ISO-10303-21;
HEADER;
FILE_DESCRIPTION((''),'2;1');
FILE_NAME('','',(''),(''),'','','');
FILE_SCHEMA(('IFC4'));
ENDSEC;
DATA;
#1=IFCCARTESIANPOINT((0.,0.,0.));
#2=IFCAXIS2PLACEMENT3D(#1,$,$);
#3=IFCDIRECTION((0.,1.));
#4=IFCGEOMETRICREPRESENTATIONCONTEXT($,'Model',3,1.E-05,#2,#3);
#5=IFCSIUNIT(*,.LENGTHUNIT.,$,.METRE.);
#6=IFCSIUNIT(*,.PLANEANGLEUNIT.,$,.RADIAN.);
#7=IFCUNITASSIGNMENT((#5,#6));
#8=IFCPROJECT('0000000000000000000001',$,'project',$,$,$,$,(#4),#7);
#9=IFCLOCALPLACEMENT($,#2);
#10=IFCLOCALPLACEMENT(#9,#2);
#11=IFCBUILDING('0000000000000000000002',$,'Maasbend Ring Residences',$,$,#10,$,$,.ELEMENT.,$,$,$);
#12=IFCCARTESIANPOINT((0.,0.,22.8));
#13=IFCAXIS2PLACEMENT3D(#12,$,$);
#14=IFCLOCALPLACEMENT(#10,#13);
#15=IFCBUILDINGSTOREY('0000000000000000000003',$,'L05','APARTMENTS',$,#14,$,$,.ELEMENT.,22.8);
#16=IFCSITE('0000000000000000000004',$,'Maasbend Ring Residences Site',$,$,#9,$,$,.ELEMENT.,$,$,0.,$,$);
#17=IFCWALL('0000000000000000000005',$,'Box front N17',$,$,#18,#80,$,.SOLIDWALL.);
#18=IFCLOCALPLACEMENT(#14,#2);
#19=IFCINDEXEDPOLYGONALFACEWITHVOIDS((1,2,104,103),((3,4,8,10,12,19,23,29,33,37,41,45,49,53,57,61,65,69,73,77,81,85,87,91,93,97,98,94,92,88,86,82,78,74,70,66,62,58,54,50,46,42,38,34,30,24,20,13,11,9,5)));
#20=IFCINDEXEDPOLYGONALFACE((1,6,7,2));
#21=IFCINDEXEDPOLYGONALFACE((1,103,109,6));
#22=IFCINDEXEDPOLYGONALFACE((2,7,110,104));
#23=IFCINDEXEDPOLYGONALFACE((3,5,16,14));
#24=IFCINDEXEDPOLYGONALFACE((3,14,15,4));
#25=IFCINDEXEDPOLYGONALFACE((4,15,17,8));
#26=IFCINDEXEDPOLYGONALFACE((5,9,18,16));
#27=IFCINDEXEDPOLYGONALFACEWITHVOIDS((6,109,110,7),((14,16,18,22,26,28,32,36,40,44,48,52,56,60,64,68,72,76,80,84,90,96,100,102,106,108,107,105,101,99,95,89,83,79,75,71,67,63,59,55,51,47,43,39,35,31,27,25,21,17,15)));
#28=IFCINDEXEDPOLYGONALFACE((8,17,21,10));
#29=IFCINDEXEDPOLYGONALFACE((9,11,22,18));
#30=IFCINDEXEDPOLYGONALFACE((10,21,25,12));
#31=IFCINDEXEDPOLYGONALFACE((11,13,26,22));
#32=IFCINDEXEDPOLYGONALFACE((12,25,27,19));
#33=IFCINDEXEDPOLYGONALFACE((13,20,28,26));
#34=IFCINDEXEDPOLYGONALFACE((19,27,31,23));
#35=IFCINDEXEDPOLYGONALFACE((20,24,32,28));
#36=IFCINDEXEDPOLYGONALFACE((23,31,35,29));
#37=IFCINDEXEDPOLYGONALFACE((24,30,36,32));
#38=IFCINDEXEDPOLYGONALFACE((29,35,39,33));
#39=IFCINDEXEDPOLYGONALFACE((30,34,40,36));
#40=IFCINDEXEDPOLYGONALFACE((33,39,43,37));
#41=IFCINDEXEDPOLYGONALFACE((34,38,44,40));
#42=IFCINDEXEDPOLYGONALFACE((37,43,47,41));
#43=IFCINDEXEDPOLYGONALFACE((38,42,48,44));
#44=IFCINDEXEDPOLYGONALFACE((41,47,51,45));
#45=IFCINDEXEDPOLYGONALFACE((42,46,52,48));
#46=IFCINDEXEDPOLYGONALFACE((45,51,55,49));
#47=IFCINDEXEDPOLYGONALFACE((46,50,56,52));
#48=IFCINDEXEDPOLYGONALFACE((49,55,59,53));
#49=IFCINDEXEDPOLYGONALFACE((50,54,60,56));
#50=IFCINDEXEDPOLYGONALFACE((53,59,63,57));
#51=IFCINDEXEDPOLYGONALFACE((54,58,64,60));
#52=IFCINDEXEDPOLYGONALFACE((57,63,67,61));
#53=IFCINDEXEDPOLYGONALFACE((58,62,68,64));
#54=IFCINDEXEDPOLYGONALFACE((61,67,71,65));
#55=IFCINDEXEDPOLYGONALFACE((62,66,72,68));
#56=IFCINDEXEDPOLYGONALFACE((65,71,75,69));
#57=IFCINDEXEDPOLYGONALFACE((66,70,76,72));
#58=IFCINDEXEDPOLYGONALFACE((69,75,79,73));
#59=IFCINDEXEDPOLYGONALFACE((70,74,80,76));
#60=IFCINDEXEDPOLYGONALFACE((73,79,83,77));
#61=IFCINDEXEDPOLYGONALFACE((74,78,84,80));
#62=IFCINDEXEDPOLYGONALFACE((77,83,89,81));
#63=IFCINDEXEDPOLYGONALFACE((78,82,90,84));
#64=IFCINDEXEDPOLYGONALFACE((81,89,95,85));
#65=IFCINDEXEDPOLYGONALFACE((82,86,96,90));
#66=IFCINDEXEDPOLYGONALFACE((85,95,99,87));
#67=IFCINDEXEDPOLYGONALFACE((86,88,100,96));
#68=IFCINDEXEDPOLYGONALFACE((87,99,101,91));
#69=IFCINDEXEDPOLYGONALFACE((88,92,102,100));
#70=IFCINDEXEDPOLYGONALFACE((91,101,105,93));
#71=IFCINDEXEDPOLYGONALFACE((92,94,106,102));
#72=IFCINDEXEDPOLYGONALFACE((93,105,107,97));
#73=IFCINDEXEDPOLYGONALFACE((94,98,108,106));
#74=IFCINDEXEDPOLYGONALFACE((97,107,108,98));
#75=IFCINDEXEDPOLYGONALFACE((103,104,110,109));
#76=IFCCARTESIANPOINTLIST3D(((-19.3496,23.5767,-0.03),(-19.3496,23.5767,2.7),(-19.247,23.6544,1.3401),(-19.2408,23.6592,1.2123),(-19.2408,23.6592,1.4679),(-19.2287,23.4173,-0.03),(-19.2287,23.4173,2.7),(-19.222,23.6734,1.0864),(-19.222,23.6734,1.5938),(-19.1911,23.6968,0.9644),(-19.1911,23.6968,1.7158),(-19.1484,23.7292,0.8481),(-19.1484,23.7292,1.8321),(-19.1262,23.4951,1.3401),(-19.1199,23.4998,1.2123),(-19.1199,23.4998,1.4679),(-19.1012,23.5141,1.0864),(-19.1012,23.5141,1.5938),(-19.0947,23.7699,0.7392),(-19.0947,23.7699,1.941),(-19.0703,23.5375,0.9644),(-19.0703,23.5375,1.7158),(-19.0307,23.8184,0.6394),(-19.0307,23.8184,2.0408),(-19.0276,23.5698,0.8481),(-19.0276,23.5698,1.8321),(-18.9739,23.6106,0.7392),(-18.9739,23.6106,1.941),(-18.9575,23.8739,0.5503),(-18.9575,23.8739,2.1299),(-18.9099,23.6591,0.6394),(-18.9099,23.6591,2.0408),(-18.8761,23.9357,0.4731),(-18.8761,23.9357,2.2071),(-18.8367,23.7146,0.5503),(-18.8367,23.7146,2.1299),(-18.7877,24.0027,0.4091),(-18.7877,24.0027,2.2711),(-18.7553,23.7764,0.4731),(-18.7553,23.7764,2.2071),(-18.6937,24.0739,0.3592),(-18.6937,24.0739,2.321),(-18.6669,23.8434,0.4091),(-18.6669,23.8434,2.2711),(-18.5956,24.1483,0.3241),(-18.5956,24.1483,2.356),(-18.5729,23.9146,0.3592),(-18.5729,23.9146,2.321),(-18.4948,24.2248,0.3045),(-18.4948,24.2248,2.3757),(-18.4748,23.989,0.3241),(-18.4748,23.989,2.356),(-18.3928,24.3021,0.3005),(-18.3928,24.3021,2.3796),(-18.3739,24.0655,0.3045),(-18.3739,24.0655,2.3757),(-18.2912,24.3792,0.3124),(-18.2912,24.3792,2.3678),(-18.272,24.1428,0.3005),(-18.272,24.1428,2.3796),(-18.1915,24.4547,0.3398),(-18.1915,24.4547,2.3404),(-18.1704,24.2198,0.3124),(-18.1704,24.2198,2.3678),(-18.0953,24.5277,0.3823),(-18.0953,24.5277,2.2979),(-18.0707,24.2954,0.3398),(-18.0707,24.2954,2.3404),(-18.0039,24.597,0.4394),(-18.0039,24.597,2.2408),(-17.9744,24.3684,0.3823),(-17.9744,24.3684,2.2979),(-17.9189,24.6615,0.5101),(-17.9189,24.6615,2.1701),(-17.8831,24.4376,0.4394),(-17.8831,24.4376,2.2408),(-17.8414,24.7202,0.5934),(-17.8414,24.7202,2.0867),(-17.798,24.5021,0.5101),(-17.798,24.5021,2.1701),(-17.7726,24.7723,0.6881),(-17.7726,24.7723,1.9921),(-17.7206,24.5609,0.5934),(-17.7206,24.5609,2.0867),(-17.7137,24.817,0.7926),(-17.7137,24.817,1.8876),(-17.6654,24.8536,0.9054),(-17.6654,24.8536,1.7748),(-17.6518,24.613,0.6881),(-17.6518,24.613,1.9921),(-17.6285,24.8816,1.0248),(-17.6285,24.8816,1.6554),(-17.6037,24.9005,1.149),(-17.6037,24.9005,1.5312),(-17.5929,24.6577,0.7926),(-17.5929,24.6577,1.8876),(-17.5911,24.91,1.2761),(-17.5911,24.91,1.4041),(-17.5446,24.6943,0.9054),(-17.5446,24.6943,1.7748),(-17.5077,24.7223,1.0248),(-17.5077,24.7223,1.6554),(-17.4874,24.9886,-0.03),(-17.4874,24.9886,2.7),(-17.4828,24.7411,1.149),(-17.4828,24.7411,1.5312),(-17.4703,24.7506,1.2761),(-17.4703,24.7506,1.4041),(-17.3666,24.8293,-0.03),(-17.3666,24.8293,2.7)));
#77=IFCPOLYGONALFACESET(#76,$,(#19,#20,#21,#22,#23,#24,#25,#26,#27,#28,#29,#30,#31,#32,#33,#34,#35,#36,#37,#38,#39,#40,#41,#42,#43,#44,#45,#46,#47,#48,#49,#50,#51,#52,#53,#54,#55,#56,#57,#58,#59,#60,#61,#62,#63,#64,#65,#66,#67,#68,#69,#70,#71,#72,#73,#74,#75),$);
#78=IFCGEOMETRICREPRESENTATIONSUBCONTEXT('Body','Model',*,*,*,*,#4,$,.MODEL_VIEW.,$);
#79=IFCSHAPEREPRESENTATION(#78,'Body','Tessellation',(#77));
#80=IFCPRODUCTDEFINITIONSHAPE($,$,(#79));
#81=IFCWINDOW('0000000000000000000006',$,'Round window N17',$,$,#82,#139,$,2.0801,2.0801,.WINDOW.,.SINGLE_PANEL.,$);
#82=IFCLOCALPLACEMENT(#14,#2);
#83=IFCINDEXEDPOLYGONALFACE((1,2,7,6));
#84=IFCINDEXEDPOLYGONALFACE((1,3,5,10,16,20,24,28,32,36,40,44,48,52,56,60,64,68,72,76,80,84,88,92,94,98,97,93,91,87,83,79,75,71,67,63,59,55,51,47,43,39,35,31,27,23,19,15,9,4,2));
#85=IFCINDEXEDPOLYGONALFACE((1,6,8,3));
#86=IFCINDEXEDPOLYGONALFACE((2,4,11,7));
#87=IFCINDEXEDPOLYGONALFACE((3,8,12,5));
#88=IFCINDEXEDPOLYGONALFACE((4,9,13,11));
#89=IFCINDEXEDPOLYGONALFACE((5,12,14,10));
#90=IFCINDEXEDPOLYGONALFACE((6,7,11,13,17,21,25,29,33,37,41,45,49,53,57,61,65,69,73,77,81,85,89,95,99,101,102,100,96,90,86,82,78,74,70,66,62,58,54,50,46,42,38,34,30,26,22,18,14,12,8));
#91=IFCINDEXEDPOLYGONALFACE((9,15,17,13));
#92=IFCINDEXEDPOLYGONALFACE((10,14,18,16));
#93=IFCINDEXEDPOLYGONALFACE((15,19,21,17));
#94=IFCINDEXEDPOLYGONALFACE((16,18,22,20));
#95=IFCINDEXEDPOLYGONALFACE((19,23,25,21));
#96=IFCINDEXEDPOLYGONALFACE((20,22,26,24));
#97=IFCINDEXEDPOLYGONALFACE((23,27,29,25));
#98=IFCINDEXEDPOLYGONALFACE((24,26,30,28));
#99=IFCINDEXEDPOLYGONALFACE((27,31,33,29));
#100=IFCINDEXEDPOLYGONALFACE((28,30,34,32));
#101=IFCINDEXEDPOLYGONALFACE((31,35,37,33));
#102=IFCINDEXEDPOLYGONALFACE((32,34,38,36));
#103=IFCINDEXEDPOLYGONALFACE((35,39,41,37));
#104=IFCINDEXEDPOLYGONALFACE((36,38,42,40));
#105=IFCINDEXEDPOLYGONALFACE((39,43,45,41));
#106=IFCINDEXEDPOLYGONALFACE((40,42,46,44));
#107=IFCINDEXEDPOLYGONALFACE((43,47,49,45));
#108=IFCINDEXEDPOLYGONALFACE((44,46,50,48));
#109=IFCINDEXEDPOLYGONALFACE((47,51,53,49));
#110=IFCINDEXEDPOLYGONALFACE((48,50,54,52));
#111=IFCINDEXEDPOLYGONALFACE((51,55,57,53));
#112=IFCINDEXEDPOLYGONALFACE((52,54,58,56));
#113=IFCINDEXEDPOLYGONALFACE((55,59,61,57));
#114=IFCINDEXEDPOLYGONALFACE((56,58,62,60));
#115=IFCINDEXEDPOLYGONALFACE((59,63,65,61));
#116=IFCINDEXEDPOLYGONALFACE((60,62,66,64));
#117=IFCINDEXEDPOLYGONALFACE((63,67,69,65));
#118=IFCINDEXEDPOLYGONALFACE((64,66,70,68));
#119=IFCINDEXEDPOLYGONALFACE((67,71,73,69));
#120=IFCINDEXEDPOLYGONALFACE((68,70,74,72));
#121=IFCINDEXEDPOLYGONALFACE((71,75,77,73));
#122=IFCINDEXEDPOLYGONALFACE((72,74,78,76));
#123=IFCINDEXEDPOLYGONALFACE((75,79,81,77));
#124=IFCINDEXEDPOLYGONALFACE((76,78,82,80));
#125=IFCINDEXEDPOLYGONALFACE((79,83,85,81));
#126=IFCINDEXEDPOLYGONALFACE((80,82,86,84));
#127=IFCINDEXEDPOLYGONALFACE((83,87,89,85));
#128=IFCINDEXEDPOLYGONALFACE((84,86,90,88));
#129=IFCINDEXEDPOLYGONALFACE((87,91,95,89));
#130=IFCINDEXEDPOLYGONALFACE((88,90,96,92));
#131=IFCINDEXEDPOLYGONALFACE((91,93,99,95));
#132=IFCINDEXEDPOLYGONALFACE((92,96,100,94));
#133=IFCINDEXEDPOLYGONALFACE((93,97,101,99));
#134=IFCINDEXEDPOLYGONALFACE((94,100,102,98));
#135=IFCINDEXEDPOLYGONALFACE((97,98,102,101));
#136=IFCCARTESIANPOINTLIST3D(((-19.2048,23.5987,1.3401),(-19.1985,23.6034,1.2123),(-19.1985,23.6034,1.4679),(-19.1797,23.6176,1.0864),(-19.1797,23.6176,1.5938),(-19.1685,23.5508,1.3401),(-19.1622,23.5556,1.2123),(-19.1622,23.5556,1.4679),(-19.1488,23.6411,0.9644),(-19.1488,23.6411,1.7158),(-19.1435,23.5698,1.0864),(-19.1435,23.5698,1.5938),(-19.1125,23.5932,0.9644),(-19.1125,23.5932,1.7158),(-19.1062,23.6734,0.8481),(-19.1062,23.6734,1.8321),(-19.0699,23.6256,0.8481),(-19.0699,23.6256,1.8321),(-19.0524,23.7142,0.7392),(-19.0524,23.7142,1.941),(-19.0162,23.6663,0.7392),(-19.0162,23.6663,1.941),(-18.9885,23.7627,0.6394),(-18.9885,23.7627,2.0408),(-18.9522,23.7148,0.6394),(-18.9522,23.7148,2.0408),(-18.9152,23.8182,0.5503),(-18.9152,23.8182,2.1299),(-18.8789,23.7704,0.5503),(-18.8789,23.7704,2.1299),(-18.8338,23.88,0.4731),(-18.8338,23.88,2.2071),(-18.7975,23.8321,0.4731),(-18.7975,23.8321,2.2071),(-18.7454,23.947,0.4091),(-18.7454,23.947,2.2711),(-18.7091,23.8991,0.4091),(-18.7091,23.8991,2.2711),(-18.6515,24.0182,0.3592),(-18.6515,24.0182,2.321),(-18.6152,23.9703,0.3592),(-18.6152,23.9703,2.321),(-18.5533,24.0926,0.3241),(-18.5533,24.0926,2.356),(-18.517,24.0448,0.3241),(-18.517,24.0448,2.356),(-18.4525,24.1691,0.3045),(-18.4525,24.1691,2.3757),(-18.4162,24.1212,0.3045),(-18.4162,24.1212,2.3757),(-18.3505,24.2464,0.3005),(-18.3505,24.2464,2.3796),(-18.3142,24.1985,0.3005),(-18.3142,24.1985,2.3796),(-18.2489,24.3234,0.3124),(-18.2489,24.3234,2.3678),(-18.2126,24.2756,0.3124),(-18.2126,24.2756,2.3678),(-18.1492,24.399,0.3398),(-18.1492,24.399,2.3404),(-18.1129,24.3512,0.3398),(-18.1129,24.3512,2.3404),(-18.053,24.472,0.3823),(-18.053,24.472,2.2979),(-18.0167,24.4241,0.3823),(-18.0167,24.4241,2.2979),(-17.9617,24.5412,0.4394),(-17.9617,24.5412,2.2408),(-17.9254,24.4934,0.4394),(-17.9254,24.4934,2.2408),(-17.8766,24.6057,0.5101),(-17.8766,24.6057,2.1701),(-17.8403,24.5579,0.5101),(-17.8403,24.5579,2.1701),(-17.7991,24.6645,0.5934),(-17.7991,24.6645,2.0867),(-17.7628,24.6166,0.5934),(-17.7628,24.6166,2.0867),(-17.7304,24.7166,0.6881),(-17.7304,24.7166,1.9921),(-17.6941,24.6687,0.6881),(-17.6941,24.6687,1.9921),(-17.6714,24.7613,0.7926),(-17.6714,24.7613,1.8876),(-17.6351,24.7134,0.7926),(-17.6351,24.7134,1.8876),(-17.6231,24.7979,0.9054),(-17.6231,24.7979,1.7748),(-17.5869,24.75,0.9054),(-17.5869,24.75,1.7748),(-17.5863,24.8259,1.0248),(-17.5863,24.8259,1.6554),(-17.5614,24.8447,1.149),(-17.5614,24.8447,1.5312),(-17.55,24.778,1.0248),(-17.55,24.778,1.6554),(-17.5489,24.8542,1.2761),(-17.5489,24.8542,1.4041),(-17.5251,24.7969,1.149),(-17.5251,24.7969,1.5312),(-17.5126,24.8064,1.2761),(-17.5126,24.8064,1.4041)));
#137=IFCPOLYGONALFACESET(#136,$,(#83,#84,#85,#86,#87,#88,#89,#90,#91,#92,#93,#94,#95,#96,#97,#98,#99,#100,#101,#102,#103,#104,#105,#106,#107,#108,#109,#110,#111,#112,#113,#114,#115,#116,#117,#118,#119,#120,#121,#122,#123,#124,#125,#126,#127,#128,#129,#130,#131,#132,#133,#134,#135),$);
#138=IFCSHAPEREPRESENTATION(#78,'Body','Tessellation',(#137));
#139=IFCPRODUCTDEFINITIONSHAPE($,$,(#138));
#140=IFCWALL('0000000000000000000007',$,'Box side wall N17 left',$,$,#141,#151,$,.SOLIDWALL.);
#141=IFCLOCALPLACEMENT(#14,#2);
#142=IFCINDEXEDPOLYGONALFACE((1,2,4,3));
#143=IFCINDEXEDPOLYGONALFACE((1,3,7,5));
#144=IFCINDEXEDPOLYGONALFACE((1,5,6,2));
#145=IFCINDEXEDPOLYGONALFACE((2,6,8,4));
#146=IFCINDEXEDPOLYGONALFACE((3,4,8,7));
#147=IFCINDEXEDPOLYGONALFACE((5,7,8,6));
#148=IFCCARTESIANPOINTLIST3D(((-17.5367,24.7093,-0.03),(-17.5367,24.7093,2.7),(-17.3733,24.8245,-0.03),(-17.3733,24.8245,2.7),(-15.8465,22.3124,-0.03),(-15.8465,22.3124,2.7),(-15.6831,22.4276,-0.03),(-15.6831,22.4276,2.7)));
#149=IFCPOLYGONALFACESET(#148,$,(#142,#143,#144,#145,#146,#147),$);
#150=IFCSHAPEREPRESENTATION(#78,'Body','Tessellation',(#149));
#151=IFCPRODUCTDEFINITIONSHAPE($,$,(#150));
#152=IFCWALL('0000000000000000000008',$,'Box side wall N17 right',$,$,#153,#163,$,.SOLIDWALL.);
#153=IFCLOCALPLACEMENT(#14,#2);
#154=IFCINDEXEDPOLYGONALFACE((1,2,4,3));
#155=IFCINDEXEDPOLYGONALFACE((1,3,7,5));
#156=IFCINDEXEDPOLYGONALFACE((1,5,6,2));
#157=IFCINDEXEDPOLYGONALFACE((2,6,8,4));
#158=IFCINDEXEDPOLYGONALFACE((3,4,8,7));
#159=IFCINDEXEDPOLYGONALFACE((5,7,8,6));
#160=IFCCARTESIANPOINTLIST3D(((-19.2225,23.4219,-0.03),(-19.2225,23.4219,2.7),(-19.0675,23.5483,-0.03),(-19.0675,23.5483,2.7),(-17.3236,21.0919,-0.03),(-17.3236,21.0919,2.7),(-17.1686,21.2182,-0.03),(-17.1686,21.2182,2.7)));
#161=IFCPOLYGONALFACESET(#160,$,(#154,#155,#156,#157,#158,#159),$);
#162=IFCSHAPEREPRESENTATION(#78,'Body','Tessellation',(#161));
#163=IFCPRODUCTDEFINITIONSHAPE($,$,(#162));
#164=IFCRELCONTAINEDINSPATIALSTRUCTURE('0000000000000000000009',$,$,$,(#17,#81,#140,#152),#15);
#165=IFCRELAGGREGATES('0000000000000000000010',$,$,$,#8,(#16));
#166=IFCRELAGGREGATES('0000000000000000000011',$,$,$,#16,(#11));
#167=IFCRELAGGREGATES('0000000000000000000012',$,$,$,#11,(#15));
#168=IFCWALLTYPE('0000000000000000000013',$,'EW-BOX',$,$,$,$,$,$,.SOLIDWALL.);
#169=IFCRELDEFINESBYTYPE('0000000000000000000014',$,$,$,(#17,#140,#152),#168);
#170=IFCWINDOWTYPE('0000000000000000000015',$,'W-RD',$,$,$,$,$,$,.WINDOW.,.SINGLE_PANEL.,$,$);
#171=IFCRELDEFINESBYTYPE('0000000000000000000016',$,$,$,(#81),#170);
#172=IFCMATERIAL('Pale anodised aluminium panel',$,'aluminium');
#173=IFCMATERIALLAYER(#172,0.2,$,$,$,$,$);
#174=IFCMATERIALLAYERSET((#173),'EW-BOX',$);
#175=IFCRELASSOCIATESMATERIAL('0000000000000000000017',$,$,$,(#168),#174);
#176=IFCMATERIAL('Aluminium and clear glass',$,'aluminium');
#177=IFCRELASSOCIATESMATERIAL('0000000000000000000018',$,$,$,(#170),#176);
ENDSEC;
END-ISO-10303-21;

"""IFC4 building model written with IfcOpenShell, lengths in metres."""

from ifc_helpers import new_model, si_unit, direction, frame, frame_2d, origin, place, context, subcontext, project, spatial, rectangle, circle, extrude, material, layer, layer_set, type_object, element, fill, save


model = new_model("IFC4")

# Units and contexts
model_context = context("Model", 3, precision=1e-05, world=origin(), true_north=direction((0.0, 1.0)))
body_context = subcontext(model_context, "Body", "Model", "MODEL_VIEW")
ifc_project = project(units=[si_unit("LENGTHUNIT", "METRE"), si_unit("PLANEANGLEUNIT", "RADIAN")], contexts=[model_context])

# Site, building, storey
site_placement = place(None, origin())
site = spatial("IfcSite", under=ifc_project, at=site_placement, Name="Maasbend Ring Residences Site", CompositionType="ELEMENT", RefElevation=0.0)
building_placement = place(site_placement, origin())
building = spatial("IfcBuilding", under=site, at=building_placement, Name="Maasbend Ring Residences", CompositionType="ELEMENT")
storey_placement = place(building_placement, frame((0.0, 0.0, 22.8)))
storey = spatial("IfcBuildingStorey", under=building, at=storey_placement, Name="L05", Description="APARTMENTS", CompositionType="ELEMENT", Elevation=22.8)

# Shared definitions
ifc_material_1 = material(Name="Pale anodised aluminium panel", Category="aluminium")
ifc_layer_1 = layer(ifc_material_1, 0.2)
ifc_layer_set_1 = layer_set([ifc_layer_1], Name="EW-BOX")
wall_type_1 = type_object("IfcWallType", Name="EW-BOX", PredefinedType="SOLIDWALL", material=ifc_layer_set_1)
ifc_material_2 = material(Name="Aluminium and clear glass", Category="aluminium")
window_type_1 = type_object("IfcWindowType", Name="W-RD", PartitioningType="SINGLE_PANEL", PredefinedType="WINDOW", material=ifc_material_2)

# Wall, opening, window
wall_1_placement = place(storey_placement, frame((-17.427, 24.9089, -0.03), z_axis=(0.0, 0.0, 1.0), x_axis=(-0.796842, -0.604188, 0.0)))
wall_1 = element("IfcWall", 1, at=wall_1_placement, inside=storey, type_object=wall_type_1, Name="Box front N17", PredefinedType="SOLIDWALL", context=body_context, shape_type="SweptSolid", body=[
    extrude(rectangle(XDim=2.3369, YDim=0.2, at=frame_2d((1.1685, 0.0))), origin(), (0.0, 0.0, 1.0), 2.73),
])
opening_1_placement = place(wall_1_placement, frame((0.1282, 0.0, 0.3301)))
opening_1 = element("IfcOpeningElement", 2, at=opening_1_placement, cuts=wall_1, PredefinedType="OPENING", context=body_context, shape_type="SweptSolid", body=[
    extrude(circle(Radius=1.04, at=frame_2d((1.04, 1.04))), frame((0.0, 0.1099, 0.0), z_axis=(0.0, -1.0, 0.0), x_axis=(1.0, 0.0, 0.0)), (0.0, 0.0, 1.0), 0.22),
])
window_1_placement = place(opening_1_placement, origin())
window_1 = element("IfcWindow", 3, at=window_1_placement, inside=storey, type_object=window_type_1, Name="Round window N17", OverallHeight=2.0801, OverallWidth=2.0801, PartitioningType="SINGLE_PANEL", PredefinedType="WINDOW", context=body_context, shape_type="SweptSolid", body=[
    extrude(circle(Radius=1.04, at=frame_2d((1.04, 1.04))), frame((0.0, 0.03, 0.0), z_axis=(0.0, -1.0, 0.0), x_axis=(1.0, 0.0, 0.0)), (0.0, 0.0, 1.0), 0.0601),
])
fill(opening_1, window_1)

# Walls
wall_2_placement = place(storey_placement, frame((-15.7649, 22.3701, -0.03), z_axis=(0.0, 0.0, 1.0), x_axis=(-0.576275, 0.817256, 0.0)))
element("IfcWall", 4, at=wall_2_placement, inside=storey, type_object=wall_type_1, Name="Box side wall N17 left", PredefinedType="SOLIDWALL", context=body_context, shape_type="SweptSolid", body=[
    extrude(rectangle(XDim=2.9329, YDim=0.2, at=frame_2d((1.4663, 0.0))), origin(), (0.0, 0.0, 1.0), 2.73),
])
wall_3_placement = place(storey_placement, frame((-17.2461, 21.155, -0.03), z_axis=(0.0, 0.0, 1.0), x_axis=(-0.631742, 0.775179, 0.0)))
element("IfcWall", 5, at=wall_3_placement, inside=storey, type_object=wall_type_1, Name="Box side wall N17 right", PredefinedType="SOLIDWALL", context=body_context, shape_type="SweptSolid", body=[
    extrude(rectangle(XDim=3.0059, YDim=0.2, at=frame_2d((1.5029, 0.0))), origin(), (0.0, 0.0, 1.0), 2.73),
])

save(model, "model.ifc")
